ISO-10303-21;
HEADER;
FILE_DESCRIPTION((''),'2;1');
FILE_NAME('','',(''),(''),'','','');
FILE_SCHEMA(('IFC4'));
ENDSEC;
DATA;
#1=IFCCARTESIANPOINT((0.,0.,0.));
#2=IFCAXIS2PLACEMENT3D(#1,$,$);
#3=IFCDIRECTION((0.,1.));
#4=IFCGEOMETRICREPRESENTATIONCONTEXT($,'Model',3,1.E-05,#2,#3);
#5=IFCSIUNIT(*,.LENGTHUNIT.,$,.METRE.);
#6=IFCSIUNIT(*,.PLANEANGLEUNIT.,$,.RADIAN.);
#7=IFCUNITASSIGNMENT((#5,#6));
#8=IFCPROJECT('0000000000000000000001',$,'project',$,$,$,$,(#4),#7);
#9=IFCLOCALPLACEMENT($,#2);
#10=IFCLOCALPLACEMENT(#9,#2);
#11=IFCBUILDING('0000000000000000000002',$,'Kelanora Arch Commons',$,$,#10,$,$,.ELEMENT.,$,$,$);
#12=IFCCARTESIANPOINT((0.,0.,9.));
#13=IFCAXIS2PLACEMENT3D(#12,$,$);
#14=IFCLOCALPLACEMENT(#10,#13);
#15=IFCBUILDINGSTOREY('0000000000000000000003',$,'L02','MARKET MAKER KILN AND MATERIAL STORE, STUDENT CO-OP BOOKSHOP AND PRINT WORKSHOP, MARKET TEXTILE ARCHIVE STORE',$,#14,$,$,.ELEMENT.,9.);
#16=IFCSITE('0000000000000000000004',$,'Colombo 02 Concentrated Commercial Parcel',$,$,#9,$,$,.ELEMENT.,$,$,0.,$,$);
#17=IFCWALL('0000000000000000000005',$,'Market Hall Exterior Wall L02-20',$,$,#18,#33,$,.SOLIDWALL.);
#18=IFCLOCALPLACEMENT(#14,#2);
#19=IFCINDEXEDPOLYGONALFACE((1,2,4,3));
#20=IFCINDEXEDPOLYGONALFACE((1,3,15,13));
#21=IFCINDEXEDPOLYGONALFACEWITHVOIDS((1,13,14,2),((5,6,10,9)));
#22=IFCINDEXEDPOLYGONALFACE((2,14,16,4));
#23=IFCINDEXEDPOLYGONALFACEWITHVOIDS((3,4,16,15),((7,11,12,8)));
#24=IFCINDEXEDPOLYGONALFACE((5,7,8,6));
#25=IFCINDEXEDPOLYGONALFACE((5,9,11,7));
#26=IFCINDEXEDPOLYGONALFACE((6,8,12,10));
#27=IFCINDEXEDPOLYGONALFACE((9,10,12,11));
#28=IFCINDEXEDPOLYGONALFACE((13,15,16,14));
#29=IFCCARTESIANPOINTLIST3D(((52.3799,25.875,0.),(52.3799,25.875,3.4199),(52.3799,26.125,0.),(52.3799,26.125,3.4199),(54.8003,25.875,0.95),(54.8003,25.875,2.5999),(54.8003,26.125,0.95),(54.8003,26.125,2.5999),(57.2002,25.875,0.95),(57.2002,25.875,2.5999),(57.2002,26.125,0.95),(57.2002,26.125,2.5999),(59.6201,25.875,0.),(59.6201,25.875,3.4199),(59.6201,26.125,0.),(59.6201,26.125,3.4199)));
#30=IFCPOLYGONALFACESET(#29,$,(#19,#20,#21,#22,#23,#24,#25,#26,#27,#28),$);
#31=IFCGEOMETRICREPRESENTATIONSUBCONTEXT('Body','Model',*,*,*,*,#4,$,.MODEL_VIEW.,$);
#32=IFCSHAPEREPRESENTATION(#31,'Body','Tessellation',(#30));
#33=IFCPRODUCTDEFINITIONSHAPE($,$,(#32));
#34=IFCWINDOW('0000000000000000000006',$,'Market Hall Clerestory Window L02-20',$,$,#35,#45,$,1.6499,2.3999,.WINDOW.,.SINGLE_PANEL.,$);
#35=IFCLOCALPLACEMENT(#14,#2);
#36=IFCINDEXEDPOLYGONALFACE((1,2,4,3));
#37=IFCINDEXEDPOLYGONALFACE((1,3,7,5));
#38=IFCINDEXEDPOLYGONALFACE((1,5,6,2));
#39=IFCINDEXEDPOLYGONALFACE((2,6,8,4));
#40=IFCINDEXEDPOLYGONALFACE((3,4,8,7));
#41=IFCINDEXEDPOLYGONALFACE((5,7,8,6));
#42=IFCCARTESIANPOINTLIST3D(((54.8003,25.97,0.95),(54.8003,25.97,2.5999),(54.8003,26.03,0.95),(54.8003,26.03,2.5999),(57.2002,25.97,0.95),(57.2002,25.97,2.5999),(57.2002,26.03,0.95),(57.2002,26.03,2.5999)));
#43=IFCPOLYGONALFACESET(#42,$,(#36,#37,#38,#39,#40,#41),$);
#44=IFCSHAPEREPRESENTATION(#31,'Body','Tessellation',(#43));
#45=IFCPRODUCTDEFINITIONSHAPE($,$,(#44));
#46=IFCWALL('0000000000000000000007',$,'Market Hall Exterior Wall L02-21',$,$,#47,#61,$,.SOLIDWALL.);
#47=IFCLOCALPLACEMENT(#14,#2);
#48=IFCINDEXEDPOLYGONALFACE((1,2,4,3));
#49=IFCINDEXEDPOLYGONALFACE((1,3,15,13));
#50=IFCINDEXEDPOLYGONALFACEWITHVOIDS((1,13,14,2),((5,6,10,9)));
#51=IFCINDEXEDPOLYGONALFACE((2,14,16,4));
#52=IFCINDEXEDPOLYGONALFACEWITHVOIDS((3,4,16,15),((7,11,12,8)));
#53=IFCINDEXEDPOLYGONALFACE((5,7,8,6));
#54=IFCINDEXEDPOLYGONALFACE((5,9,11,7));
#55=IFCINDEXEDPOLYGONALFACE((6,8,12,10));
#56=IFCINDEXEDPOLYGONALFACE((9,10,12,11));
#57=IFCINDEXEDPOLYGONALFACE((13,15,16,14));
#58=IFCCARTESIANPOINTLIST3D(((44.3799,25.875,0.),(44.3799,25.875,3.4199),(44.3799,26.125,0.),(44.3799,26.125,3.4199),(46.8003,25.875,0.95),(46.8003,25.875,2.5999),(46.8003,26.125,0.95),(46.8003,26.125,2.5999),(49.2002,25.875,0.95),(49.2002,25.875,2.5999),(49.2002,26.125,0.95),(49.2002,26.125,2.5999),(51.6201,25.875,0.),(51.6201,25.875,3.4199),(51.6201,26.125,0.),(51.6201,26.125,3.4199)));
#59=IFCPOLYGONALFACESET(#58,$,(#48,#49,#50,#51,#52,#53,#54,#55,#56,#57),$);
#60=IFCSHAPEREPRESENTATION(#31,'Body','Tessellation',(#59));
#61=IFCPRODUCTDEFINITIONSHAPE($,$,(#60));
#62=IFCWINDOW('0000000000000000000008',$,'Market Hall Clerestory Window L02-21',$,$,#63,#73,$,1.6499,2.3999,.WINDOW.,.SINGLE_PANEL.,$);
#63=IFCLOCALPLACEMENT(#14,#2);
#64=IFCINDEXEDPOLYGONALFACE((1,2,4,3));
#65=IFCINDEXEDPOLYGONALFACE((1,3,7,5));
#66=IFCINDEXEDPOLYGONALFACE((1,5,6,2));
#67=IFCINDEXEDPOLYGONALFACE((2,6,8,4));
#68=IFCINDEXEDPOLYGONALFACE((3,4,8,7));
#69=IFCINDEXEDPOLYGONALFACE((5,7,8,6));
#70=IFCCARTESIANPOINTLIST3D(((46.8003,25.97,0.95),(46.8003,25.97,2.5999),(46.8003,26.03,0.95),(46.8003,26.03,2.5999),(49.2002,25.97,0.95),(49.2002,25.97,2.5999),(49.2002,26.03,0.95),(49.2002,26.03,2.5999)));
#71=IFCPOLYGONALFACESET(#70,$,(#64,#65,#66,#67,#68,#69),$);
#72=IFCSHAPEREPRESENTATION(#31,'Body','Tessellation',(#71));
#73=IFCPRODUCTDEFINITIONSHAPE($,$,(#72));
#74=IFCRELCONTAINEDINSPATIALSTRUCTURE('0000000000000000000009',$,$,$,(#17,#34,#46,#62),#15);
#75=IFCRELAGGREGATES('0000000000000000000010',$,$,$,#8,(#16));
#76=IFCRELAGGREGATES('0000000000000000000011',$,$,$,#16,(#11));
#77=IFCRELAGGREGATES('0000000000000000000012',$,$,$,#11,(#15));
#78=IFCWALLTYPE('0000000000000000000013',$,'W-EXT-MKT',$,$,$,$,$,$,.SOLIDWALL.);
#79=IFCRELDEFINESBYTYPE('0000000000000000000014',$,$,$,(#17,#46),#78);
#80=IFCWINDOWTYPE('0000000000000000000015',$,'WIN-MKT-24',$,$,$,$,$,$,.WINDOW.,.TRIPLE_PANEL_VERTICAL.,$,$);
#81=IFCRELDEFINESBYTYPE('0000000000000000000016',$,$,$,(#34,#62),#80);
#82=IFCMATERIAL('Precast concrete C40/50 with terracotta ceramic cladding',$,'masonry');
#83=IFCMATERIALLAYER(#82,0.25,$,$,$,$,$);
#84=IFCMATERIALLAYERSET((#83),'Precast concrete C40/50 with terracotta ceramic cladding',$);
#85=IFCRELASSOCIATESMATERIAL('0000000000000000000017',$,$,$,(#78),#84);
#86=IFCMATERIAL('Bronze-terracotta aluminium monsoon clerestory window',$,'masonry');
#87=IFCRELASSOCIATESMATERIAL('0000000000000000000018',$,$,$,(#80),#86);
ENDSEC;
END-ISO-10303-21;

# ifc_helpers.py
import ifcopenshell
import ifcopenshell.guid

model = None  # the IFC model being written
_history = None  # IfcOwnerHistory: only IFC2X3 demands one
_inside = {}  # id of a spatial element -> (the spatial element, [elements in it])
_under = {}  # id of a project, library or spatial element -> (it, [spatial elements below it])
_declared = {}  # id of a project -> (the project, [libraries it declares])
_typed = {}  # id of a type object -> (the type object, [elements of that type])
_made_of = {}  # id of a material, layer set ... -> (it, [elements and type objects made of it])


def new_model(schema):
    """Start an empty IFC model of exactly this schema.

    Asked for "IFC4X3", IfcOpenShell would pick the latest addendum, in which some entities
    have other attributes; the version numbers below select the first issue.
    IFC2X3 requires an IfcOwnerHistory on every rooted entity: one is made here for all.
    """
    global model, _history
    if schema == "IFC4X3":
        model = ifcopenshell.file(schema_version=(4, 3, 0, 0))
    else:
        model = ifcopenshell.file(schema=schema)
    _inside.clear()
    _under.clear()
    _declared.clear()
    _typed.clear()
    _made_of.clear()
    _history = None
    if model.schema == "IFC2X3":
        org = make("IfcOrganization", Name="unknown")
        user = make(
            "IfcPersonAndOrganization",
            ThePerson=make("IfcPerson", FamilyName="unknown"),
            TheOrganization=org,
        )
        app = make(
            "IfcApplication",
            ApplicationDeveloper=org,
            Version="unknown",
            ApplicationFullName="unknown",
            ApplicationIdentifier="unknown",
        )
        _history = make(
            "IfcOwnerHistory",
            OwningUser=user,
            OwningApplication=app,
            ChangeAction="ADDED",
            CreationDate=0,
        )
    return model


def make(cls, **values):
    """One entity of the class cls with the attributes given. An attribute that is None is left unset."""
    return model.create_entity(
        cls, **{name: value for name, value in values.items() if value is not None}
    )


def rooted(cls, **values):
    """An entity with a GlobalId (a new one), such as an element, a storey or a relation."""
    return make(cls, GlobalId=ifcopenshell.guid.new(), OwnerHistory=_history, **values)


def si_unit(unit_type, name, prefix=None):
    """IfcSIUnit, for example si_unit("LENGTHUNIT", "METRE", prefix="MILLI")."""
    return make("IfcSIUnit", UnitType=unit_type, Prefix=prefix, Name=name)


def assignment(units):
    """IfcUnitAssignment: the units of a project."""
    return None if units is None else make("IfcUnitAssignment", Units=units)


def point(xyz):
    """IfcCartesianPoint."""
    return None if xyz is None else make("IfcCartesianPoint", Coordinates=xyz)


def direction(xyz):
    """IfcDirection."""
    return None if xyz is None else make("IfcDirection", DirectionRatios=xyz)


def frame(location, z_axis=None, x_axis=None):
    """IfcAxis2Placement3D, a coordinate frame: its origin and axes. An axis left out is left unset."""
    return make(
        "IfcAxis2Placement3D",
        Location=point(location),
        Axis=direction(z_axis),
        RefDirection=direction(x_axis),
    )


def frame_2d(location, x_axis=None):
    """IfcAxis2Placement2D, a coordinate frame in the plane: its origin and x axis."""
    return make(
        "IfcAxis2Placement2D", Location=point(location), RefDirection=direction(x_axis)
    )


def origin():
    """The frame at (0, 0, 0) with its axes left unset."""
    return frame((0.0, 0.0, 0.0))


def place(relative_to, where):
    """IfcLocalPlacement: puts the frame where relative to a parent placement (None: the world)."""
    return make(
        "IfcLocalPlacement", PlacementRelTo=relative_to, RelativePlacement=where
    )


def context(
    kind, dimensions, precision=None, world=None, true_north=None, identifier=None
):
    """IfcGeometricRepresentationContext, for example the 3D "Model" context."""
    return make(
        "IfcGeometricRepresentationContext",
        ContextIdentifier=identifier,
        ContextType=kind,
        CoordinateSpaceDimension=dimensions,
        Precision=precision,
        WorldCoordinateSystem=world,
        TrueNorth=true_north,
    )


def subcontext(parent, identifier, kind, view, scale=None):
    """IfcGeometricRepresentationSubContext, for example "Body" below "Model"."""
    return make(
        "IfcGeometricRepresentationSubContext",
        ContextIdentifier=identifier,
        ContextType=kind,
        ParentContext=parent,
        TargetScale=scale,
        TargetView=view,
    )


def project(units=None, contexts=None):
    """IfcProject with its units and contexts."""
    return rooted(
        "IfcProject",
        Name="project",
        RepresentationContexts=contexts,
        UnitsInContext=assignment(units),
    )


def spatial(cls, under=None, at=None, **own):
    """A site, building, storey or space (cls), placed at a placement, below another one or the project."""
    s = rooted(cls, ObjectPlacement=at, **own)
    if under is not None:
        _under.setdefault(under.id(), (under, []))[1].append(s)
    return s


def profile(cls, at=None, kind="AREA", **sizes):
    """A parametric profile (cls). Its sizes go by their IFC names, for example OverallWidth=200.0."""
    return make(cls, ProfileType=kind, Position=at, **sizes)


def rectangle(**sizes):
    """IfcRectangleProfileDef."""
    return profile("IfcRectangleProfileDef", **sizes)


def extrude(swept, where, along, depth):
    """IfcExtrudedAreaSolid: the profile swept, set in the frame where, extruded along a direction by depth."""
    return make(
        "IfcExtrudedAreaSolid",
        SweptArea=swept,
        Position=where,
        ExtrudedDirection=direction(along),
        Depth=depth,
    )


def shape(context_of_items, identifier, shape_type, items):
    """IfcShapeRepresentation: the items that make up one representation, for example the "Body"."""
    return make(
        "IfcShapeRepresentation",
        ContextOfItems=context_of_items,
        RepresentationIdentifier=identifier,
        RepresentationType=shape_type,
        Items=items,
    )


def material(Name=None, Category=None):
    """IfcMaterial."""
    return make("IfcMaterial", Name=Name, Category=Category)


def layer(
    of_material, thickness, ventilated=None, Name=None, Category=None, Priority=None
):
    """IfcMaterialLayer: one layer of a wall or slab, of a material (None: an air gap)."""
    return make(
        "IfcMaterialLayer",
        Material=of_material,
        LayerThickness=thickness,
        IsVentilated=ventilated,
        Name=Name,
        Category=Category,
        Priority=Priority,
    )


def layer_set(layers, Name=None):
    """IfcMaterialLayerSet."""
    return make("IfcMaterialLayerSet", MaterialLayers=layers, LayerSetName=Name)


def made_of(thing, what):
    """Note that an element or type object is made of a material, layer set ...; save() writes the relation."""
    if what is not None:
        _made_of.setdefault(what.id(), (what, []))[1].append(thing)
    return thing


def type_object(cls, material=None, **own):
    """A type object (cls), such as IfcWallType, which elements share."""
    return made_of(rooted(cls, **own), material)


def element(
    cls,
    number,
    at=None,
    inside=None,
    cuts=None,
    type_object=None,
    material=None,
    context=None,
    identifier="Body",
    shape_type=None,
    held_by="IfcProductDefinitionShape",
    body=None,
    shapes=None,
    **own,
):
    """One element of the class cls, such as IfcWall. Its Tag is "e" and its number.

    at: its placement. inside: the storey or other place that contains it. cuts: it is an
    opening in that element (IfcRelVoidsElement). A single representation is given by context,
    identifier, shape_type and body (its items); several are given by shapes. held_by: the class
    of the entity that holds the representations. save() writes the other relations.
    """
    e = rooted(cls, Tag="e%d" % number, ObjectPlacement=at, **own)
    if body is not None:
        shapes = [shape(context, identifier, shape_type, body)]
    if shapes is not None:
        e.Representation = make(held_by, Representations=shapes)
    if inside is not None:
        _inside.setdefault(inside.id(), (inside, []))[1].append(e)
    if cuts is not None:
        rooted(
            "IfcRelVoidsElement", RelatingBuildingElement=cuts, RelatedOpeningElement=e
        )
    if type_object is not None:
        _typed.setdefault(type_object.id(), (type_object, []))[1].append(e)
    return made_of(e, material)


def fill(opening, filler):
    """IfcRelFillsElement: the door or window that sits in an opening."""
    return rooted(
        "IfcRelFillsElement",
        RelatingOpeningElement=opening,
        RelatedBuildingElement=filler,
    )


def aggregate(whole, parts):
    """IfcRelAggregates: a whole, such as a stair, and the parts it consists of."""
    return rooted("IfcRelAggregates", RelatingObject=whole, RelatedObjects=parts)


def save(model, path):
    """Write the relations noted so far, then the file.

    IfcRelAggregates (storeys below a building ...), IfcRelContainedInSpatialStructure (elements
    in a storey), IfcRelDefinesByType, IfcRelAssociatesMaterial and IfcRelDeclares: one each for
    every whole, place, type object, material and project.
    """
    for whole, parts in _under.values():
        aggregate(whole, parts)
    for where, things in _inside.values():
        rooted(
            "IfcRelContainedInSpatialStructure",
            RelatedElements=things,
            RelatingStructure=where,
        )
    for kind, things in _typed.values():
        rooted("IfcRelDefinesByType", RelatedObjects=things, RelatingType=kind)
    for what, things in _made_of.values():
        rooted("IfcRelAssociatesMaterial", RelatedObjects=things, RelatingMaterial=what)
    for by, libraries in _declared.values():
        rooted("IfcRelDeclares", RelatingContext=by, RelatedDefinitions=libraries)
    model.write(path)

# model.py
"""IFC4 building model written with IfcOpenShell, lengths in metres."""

from ifc_helpers import new_model, si_unit, direction, frame, frame_2d, origin, place, context, subcontext, project, spatial, rectangle, extrude, material, layer, layer_set, type_object, element, fill, save


model = new_model("IFC4")

# Units and contexts
model_context = context("Model", 3, precision=1e-05, world=origin(), true_north=direction((0.0, 1.0)))
body_context = subcontext(model_context, "Body", "Model", "MODEL_VIEW")
ifc_project = project(units=[si_unit("LENGTHUNIT", "METRE"), si_unit("PLANEANGLEUNIT", "RADIAN")], contexts=[model_context])

# Site, building, storey
site_placement = place(None, origin())
site = spatial("IfcSite", under=ifc_project, at=site_placement, Name="Colombo 02 Concentrated Commercial Parcel", CompositionType="ELEMENT", RefElevation=0.0)
building_placement = place(site_placement, origin())
building = spatial("IfcBuilding", under=site, at=building_placement, Name="Kelanora Arch Commons", CompositionType="ELEMENT")
storey_placement = place(building_placement, frame((0.0, 0.0, 9.0)))
storey = spatial("IfcBuildingStorey", under=building, at=storey_placement, Name="L02", Description="MARKET MAKER KILN AND MATERIAL STORE, STUDENT CO-OP BOOKSHOP AND PRINT WORKSHOP, MARKET TEXTILE ARCHIVE STORE", CompositionType="ELEMENT", Elevation=9.0)

# Walls, openings, windows
ifc_material_1 = material(Name="Precast concrete C40/50 with terracotta ceramic cladding", Category="masonry")
ifc_layer_1 = layer(ifc_material_1, 0.25)
ifc_layer_set_1 = layer_set([ifc_layer_1], Name="Precast concrete C40/50 with terracotta ceramic cladding")
wall_type = type_object("IfcWallType", Name="W-EXT-MKT", PredefinedType="SOLIDWALL", material=ifc_layer_set_1)
wall_1_placement = place(storey_placement, frame((59.6201, 26.0, 0.0), z_axis=(0.0, 0.0, 1.0), x_axis=(-1.0, 0.0, 0.0)))
wall_1 = element("IfcWall", 1, at=wall_1_placement, inside=storey, type_object=wall_type, Name="Market Hall Exterior Wall L02-20", PredefinedType="SOLIDWALL", context=body_context, shape_type="SweptSolid", body=[
    extrude(rectangle(XDim=7.2402, YDim=0.25, at=frame_2d((3.6201, 0.0))), origin(), (0.0, 0.0, 1.0), 3.4199),
])
opening_1_placement = place(wall_1_placement, frame((2.4199, 0.0, 0.95)))
opening_1 = element("IfcOpeningElement", 2, at=opening_1_placement, cuts=wall_1, PredefinedType="OPENING", context=body_context, shape_type="SweptSolid", body=[
    extrude(rectangle(XDim=2.3999, YDim=1.6499, at=frame_2d((1.2, 0.825))), frame((0.0, 0.135, 0.0), z_axis=(0.0, -1.0, 0.0), x_axis=(1.0, 0.0, 0.0)), (0.0, 0.0, 1.0), 0.27),
])
ifc_material_2 = material(Name="Bronze-terracotta aluminium monsoon clerestory window", Category="masonry")
window_type = type_object("IfcWindowType", Name="WIN-MKT-24", PartitioningType="TRIPLE_PANEL_VERTICAL", PredefinedType="WINDOW", material=ifc_material_2)
window_1_placement = place(opening_1_placement, origin())
window_1 = element("IfcWindow", 3, at=window_1_placement, inside=storey, type_object=window_type, Name="Market Hall Clerestory Window L02-20", OverallHeight=1.6499, OverallWidth=2.3999, PartitioningType="SINGLE_PANEL", PredefinedType="WINDOW", context=body_context, shape_type="SweptSolid", body=[
    extrude(rectangle(XDim=2.3999, YDim=1.6499, at=frame_2d((1.2, 0.825))), frame((0.0, 0.03, 0.0), z_axis=(0.0, -1.0, 0.0), x_axis=(1.0, 0.0, 0.0)), (0.0, 0.0, 1.0), 0.0601),
])
fill(opening_1, window_1)
wall_2_placement = place(storey_placement, frame((51.6201, 26.0, 0.0), z_axis=(0.0, 0.0, 1.0), x_axis=(-1.0, 0.0, 0.0)))
wall_2 = element("IfcWall", 4, at=wall_2_placement, inside=storey, type_object=wall_type, Name="Market Hall Exterior Wall L02-21", PredefinedType="SOLIDWALL", context=body_context, shape_type="SweptSolid", body=[
    extrude(rectangle(XDim=7.2402, YDim=0.25, at=frame_2d((3.6201, 0.0))), origin(), (0.0, 0.0, 1.0), 3.4199),
])
opening_2_placement = place(wall_2_placement, frame((2.4199, 0.0, 0.95)))
opening_2 = element("IfcOpeningElement", 5, at=opening_2_placement, cuts=wall_2, PredefinedType="OPENING", context=body_context, shape_type="SweptSolid", body=[
    extrude(rectangle(XDim=2.3999, YDim=1.6499, at=frame_2d((1.2, 0.825))), frame((0.0, 0.135, 0.0), z_axis=(0.0, -1.0, 0.0), x_axis=(1.0, 0.0, 0.0)), (0.0, 0.0, 1.0), 0.27),
])
window_2_placement = place(opening_2_placement, origin())
window_2 = element("IfcWindow", 6, at=window_2_placement, inside=storey, type_object=window_type, Name="Market Hall Clerestory Window L02-21", OverallHeight=1.6499, OverallWidth=2.3999, PartitioningType="SINGLE_PANEL", PredefinedType="WINDOW", context=body_context, shape_type="SweptSolid", body=[
    extrude(rectangle(XDim=2.3999, YDim=1.6499, at=frame_2d((1.2, 0.825))), frame((0.0, 0.03, 0.0), z_axis=(0.0, -1.0, 0.0), x_axis=(1.0, 0.0, 0.0)), (0.0, 0.0, 1.0), 0.0601),
])
fill(opening_2, window_2)

save(model, "model.ifc")
